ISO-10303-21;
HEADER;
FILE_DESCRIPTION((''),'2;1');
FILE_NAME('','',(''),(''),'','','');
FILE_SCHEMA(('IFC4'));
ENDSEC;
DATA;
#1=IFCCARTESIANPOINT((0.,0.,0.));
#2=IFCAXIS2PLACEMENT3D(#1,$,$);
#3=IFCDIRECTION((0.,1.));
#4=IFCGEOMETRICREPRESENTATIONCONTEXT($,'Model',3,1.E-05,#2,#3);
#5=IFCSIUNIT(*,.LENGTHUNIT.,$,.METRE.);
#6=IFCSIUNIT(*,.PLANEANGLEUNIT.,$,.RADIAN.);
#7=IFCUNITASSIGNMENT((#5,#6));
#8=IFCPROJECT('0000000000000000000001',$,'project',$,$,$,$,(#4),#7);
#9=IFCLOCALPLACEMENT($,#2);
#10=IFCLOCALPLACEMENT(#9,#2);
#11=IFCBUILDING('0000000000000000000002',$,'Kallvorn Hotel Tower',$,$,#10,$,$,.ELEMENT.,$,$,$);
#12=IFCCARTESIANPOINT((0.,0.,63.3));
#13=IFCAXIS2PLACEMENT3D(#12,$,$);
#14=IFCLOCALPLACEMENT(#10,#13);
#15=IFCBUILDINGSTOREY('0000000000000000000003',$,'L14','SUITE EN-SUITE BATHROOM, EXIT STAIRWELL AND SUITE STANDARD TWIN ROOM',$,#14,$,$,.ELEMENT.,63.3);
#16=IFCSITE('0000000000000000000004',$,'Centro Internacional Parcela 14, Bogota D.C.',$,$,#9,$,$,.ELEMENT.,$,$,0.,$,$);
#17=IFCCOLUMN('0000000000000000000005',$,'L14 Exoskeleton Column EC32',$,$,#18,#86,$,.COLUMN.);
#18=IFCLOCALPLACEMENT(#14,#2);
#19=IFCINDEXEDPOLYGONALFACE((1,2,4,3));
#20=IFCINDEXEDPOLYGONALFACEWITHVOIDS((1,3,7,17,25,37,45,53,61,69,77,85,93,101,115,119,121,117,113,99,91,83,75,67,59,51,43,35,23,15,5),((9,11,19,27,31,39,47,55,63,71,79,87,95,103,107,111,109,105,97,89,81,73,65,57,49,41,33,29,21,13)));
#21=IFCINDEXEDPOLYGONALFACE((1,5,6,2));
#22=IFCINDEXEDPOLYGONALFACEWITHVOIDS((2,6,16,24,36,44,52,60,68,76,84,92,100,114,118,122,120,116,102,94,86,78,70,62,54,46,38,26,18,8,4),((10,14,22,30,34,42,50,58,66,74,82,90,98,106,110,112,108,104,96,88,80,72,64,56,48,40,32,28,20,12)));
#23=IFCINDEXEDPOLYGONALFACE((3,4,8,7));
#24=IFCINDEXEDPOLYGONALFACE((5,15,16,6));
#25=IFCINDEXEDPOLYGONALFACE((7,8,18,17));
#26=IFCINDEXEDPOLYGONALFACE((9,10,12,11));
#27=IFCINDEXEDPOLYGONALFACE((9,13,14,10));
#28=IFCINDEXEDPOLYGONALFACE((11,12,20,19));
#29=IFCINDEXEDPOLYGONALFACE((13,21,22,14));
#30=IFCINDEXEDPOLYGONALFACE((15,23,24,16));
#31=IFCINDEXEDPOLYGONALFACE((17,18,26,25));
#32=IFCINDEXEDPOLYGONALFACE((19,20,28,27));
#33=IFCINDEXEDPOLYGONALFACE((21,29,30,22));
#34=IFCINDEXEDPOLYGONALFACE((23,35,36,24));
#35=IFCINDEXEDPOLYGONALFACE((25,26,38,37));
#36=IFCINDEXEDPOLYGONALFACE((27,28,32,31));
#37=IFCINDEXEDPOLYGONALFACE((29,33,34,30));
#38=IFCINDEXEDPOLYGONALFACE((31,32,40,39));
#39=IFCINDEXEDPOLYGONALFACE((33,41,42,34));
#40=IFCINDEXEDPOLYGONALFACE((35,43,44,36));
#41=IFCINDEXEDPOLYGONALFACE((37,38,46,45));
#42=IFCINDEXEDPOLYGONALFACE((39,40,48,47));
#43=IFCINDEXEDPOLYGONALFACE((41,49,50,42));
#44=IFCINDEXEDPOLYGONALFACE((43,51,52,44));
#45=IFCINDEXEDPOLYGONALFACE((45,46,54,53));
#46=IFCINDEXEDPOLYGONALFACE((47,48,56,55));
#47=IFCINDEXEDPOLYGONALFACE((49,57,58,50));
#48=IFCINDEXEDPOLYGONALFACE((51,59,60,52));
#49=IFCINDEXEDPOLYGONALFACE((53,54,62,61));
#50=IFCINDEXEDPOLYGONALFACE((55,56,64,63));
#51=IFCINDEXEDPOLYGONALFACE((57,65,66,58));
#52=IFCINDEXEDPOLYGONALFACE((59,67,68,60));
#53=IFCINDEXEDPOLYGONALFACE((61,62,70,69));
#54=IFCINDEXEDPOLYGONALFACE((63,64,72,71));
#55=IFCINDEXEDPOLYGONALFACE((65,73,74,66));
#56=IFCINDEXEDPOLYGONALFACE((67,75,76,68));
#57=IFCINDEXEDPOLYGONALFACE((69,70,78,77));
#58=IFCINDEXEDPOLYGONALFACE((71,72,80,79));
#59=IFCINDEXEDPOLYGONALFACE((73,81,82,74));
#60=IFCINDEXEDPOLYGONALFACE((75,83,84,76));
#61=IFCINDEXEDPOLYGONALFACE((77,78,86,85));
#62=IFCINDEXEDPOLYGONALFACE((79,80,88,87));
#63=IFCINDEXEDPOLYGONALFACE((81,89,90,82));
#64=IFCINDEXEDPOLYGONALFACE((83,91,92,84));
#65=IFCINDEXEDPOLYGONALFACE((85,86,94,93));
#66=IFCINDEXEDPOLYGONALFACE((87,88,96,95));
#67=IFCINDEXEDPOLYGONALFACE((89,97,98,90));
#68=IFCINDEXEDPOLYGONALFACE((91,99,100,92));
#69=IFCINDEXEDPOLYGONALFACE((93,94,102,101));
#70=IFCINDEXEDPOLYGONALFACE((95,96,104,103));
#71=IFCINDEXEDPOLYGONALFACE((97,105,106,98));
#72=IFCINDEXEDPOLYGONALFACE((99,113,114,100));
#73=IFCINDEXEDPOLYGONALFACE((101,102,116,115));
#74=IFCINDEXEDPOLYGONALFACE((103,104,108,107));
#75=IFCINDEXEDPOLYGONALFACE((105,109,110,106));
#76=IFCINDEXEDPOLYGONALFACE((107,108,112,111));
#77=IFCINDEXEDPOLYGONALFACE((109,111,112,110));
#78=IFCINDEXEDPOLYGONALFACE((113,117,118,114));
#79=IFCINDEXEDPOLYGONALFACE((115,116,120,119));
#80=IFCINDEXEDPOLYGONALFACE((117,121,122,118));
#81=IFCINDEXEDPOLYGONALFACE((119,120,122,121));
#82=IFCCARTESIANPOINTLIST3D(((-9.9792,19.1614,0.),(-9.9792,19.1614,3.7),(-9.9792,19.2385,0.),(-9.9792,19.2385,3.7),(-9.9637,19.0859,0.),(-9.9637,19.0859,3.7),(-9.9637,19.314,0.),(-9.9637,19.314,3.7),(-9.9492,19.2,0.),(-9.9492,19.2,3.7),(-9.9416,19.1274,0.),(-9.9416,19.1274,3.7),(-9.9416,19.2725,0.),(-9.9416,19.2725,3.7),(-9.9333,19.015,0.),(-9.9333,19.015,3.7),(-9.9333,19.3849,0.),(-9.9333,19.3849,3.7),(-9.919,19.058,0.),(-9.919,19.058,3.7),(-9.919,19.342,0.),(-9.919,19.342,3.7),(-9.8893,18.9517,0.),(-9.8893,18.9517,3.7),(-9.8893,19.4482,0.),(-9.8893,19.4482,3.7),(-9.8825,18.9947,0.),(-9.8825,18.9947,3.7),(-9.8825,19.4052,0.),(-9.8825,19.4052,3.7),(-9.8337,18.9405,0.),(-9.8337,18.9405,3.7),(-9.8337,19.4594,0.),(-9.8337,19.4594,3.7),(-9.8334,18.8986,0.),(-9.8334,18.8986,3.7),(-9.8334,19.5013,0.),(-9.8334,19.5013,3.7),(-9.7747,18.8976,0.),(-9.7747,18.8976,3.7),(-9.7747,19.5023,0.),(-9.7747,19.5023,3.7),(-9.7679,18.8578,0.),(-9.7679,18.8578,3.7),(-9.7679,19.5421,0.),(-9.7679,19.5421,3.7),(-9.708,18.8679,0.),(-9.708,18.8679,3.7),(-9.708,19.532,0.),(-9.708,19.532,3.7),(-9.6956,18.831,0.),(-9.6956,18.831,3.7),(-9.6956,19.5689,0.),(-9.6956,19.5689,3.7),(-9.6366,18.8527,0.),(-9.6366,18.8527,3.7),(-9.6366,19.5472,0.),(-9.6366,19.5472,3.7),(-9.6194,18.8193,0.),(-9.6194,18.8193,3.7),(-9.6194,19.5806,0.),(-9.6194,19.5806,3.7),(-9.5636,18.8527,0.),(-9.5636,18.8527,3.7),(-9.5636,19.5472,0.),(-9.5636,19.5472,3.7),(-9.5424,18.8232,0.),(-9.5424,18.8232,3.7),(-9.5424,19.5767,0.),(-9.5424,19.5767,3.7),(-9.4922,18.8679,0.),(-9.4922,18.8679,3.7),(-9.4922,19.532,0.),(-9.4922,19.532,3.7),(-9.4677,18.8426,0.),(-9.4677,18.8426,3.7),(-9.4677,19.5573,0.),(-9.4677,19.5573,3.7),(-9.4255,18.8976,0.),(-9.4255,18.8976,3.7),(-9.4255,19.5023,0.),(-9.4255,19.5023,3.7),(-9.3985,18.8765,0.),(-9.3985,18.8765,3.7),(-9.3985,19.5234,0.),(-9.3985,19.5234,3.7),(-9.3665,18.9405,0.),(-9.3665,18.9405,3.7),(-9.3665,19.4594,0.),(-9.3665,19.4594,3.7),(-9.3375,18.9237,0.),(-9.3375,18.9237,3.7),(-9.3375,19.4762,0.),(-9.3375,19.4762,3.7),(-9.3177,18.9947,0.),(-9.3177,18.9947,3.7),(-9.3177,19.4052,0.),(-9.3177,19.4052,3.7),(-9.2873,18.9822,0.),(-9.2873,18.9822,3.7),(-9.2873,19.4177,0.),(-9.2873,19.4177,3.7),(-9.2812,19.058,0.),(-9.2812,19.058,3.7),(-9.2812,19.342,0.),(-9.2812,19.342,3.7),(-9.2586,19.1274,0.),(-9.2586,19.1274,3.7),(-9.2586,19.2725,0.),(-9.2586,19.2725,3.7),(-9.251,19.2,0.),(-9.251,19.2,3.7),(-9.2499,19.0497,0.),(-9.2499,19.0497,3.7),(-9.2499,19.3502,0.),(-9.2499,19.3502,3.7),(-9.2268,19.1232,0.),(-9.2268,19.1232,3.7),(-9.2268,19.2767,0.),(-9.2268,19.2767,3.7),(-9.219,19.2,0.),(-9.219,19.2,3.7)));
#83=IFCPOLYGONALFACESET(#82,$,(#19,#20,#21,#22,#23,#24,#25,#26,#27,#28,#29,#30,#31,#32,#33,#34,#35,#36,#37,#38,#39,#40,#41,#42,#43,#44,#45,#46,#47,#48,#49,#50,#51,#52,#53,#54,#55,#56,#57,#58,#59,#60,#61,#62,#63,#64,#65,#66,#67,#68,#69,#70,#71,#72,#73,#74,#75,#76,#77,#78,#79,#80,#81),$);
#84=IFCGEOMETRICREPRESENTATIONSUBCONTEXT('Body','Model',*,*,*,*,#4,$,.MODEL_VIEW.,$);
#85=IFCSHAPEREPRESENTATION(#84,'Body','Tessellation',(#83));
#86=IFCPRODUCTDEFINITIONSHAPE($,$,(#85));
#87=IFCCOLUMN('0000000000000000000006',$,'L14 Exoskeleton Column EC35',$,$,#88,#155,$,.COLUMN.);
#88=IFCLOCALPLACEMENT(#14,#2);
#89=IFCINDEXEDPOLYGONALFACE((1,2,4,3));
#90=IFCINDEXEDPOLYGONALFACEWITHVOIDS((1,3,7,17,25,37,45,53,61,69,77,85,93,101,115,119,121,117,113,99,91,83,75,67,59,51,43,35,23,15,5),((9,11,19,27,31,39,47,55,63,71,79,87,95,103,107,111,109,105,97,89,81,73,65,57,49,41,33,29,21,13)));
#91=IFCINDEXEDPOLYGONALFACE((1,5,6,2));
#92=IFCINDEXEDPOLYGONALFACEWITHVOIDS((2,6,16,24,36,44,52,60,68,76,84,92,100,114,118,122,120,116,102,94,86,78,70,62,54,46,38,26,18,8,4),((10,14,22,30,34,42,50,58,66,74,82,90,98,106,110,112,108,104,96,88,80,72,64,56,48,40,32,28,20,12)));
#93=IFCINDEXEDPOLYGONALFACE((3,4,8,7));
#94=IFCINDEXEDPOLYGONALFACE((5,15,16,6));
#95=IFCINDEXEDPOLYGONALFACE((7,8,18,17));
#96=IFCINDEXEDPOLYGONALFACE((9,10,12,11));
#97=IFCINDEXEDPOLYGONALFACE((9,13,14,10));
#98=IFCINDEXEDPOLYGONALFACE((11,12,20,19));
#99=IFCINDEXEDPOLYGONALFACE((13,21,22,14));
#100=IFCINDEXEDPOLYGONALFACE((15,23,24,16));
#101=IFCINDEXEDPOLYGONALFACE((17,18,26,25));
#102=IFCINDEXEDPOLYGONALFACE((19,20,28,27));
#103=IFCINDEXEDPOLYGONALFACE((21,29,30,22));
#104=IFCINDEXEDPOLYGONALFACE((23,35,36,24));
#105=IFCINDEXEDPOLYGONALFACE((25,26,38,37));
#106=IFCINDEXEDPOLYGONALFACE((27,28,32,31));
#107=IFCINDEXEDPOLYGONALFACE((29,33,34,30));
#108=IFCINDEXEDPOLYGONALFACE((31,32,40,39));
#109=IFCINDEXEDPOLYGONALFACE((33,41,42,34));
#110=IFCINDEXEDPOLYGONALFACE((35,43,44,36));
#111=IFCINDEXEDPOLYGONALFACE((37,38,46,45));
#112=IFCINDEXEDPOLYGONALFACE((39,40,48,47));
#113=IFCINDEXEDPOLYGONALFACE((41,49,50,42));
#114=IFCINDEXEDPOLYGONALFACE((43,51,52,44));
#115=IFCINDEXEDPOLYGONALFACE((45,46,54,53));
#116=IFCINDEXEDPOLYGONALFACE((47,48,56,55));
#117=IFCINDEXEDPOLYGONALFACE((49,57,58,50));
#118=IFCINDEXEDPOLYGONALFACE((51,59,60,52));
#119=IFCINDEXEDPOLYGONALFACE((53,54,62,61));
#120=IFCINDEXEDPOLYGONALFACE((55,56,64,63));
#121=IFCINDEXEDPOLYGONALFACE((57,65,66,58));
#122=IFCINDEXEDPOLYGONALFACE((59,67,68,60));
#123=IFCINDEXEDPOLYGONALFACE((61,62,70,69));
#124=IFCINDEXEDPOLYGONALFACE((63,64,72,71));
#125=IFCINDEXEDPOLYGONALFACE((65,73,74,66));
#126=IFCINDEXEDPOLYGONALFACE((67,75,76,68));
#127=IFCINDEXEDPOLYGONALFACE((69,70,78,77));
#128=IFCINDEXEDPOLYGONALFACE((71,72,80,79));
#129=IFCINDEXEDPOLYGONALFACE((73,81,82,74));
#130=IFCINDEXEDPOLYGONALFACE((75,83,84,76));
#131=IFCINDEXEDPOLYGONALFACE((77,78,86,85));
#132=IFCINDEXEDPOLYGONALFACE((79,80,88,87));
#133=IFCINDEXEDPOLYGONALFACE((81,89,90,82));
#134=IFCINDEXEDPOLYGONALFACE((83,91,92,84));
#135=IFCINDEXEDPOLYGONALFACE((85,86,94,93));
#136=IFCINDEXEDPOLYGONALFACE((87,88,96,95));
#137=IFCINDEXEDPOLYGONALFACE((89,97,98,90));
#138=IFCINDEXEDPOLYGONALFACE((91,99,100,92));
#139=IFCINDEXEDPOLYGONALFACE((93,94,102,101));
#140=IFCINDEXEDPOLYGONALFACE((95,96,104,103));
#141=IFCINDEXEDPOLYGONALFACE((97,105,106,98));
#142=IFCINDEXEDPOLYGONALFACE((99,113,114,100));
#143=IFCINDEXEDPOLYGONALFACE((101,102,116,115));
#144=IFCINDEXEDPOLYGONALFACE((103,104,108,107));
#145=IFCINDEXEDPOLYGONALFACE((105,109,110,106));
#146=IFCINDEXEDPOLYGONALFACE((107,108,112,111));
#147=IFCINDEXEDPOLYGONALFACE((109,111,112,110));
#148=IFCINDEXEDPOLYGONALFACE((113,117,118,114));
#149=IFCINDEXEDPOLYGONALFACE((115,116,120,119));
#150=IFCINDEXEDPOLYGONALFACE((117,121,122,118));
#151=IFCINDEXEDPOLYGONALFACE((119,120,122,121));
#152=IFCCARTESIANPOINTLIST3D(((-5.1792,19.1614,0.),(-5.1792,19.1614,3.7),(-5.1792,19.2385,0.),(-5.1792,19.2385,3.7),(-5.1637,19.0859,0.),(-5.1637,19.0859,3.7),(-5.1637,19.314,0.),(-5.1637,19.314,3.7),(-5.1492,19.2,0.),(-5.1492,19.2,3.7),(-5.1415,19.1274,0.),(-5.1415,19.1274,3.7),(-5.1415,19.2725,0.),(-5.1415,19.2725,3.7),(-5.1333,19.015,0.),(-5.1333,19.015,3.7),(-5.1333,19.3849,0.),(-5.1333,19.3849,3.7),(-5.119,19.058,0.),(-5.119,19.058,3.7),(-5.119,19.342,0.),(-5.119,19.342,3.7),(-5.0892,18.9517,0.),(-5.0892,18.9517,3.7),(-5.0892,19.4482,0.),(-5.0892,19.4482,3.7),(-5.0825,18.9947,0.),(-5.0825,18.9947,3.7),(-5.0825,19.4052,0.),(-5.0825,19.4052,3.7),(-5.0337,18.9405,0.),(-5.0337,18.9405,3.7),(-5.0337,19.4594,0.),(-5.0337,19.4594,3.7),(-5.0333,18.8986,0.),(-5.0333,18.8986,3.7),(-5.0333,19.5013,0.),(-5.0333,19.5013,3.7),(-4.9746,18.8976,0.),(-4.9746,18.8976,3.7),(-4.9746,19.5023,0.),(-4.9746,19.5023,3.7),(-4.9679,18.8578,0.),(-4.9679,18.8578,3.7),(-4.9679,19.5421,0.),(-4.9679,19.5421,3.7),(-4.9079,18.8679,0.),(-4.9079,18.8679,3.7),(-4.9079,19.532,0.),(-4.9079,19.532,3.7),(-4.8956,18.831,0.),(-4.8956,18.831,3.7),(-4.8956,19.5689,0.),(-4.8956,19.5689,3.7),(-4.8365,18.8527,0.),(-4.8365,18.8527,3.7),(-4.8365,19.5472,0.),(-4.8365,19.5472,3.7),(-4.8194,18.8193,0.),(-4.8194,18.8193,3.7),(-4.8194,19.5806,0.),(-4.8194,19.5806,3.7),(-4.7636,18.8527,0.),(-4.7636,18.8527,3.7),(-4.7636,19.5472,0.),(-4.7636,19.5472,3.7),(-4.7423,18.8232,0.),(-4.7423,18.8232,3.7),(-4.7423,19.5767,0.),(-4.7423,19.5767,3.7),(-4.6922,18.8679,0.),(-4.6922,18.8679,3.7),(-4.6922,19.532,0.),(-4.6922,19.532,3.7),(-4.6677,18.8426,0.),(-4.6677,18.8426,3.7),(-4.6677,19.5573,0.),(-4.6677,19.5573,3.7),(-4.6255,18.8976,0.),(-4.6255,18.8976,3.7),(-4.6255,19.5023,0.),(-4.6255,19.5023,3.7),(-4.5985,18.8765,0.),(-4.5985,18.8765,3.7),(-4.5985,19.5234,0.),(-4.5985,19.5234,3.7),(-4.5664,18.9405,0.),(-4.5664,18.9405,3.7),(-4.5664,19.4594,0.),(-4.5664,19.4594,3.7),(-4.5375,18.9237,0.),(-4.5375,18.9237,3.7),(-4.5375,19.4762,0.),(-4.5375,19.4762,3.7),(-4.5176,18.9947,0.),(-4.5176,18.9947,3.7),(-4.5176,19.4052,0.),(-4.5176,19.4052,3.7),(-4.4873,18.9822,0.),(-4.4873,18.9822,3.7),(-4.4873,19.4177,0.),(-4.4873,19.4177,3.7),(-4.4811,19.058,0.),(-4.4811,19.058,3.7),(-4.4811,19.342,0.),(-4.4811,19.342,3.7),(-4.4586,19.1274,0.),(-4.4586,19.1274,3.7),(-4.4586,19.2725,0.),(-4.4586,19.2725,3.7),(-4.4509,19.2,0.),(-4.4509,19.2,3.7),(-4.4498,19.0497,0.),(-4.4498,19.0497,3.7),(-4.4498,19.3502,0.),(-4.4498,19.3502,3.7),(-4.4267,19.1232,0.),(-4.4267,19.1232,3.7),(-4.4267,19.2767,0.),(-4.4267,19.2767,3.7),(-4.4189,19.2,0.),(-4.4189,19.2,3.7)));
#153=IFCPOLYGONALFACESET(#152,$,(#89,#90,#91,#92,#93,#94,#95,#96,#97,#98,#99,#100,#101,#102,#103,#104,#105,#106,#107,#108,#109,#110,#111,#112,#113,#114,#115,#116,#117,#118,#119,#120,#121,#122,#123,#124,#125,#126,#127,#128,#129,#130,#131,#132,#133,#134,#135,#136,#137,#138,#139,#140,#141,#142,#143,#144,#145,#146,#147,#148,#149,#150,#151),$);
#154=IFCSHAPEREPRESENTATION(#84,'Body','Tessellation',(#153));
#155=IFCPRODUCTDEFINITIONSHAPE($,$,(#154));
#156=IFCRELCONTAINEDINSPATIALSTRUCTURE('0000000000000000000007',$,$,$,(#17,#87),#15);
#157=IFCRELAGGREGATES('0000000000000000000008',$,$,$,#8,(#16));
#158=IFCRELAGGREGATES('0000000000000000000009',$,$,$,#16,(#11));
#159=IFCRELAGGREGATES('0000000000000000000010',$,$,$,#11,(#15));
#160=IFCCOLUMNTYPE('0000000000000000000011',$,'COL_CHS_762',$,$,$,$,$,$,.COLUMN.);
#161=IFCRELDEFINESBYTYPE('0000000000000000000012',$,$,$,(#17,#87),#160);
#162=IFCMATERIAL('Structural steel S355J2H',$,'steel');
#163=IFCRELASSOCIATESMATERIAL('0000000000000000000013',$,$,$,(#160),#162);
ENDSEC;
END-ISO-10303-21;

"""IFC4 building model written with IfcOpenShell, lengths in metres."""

from ifc_helpers import new_model, si_unit, direction, frame, origin, origin_2d, place, context, subcontext, project, spatial, hollow_circle, extrude, material, material_profile, profile_set, type_object, element, save


model = new_model("IFC4")

# Units and contexts
model_context = context("Model", 3, precision=1e-05, world=origin(), true_north=direction((0.0, 1.0)))
body_context = subcontext(model_context, "Body", "Model", "MODEL_VIEW")
ifc_project = project(units=[si_unit("LENGTHUNIT", "METRE"), si_unit("PLANEANGLEUNIT", "RADIAN")], contexts=[model_context])

# Site, building, storey
site_placement = place(None, origin())
site = spatial("IfcSite", under=ifc_project, at=site_placement, Name="Centro Internacional Parcela 14, Bogota D.C.", CompositionType="ELEMENT", RefElevation=0.0)
building_placement = place(site_placement, origin())
building = spatial("IfcBuilding", under=site, at=building_placement, Name="Kallvorn Hotel Tower", CompositionType="ELEMENT")
storey_placement = place(building_placement, frame((0.0, 0.0, 63.3)))
storey = spatial("IfcBuildingStorey", under=building, at=storey_placement, Name="L14", Description="SUITE EN-SUITE BATHROOM, EXIT STAIRWELL AND SUITE STANDARD TWIN ROOM", CompositionType="ELEMENT", Elevation=63.3)

# Columns
ifc_material_1 = material(Name="Structural steel S355J2H", Category="steel")
ifc_material_profile_1 = material_profile(ifc_material_1, hollow_circle(Radius=0.3811, WallThickness=0.032, at=origin_2d()), Name="CHS 762x32")
ifc_profile_set_1 = profile_set([ifc_material_profile_1], Name="Structural steel S355J2H")
column_type_1 = type_object("IfcColumnType", Name="COL_CHS_762", PredefinedType="COLUMN", material=ifc_profile_set_1)
for number, where, z_axis, x_axis, name in (
    (1, (-9.6001, 19.2, 0.0), (0.0, 0.0, 1.0), (1.0, 0.0, 0.0), "L14 Exoskeleton Column EC32"),
    (2, (-4.8, 19.2, 0.0), (0.0, 0.0, 1.0), (1.0, 0.0, 0.0), "L14 Exoskeleton Column EC35"),
):
    element("IfcColumn", number, at=place(storey_placement, frame(where, z_axis=z_axis, x_axis=x_axis)), inside=storey, type_object=column_type_1, Name=name, PredefinedType="COLUMN", context=body_context, shape_type="SweptSolid", body=[
        extrude(hollow_circle(Radius=0.3811, WallThickness=0.032, at=origin_2d()), origin(), (0.0, 0.0, 1.0), 3.7),
    ])

save(model, "model.ifc")
